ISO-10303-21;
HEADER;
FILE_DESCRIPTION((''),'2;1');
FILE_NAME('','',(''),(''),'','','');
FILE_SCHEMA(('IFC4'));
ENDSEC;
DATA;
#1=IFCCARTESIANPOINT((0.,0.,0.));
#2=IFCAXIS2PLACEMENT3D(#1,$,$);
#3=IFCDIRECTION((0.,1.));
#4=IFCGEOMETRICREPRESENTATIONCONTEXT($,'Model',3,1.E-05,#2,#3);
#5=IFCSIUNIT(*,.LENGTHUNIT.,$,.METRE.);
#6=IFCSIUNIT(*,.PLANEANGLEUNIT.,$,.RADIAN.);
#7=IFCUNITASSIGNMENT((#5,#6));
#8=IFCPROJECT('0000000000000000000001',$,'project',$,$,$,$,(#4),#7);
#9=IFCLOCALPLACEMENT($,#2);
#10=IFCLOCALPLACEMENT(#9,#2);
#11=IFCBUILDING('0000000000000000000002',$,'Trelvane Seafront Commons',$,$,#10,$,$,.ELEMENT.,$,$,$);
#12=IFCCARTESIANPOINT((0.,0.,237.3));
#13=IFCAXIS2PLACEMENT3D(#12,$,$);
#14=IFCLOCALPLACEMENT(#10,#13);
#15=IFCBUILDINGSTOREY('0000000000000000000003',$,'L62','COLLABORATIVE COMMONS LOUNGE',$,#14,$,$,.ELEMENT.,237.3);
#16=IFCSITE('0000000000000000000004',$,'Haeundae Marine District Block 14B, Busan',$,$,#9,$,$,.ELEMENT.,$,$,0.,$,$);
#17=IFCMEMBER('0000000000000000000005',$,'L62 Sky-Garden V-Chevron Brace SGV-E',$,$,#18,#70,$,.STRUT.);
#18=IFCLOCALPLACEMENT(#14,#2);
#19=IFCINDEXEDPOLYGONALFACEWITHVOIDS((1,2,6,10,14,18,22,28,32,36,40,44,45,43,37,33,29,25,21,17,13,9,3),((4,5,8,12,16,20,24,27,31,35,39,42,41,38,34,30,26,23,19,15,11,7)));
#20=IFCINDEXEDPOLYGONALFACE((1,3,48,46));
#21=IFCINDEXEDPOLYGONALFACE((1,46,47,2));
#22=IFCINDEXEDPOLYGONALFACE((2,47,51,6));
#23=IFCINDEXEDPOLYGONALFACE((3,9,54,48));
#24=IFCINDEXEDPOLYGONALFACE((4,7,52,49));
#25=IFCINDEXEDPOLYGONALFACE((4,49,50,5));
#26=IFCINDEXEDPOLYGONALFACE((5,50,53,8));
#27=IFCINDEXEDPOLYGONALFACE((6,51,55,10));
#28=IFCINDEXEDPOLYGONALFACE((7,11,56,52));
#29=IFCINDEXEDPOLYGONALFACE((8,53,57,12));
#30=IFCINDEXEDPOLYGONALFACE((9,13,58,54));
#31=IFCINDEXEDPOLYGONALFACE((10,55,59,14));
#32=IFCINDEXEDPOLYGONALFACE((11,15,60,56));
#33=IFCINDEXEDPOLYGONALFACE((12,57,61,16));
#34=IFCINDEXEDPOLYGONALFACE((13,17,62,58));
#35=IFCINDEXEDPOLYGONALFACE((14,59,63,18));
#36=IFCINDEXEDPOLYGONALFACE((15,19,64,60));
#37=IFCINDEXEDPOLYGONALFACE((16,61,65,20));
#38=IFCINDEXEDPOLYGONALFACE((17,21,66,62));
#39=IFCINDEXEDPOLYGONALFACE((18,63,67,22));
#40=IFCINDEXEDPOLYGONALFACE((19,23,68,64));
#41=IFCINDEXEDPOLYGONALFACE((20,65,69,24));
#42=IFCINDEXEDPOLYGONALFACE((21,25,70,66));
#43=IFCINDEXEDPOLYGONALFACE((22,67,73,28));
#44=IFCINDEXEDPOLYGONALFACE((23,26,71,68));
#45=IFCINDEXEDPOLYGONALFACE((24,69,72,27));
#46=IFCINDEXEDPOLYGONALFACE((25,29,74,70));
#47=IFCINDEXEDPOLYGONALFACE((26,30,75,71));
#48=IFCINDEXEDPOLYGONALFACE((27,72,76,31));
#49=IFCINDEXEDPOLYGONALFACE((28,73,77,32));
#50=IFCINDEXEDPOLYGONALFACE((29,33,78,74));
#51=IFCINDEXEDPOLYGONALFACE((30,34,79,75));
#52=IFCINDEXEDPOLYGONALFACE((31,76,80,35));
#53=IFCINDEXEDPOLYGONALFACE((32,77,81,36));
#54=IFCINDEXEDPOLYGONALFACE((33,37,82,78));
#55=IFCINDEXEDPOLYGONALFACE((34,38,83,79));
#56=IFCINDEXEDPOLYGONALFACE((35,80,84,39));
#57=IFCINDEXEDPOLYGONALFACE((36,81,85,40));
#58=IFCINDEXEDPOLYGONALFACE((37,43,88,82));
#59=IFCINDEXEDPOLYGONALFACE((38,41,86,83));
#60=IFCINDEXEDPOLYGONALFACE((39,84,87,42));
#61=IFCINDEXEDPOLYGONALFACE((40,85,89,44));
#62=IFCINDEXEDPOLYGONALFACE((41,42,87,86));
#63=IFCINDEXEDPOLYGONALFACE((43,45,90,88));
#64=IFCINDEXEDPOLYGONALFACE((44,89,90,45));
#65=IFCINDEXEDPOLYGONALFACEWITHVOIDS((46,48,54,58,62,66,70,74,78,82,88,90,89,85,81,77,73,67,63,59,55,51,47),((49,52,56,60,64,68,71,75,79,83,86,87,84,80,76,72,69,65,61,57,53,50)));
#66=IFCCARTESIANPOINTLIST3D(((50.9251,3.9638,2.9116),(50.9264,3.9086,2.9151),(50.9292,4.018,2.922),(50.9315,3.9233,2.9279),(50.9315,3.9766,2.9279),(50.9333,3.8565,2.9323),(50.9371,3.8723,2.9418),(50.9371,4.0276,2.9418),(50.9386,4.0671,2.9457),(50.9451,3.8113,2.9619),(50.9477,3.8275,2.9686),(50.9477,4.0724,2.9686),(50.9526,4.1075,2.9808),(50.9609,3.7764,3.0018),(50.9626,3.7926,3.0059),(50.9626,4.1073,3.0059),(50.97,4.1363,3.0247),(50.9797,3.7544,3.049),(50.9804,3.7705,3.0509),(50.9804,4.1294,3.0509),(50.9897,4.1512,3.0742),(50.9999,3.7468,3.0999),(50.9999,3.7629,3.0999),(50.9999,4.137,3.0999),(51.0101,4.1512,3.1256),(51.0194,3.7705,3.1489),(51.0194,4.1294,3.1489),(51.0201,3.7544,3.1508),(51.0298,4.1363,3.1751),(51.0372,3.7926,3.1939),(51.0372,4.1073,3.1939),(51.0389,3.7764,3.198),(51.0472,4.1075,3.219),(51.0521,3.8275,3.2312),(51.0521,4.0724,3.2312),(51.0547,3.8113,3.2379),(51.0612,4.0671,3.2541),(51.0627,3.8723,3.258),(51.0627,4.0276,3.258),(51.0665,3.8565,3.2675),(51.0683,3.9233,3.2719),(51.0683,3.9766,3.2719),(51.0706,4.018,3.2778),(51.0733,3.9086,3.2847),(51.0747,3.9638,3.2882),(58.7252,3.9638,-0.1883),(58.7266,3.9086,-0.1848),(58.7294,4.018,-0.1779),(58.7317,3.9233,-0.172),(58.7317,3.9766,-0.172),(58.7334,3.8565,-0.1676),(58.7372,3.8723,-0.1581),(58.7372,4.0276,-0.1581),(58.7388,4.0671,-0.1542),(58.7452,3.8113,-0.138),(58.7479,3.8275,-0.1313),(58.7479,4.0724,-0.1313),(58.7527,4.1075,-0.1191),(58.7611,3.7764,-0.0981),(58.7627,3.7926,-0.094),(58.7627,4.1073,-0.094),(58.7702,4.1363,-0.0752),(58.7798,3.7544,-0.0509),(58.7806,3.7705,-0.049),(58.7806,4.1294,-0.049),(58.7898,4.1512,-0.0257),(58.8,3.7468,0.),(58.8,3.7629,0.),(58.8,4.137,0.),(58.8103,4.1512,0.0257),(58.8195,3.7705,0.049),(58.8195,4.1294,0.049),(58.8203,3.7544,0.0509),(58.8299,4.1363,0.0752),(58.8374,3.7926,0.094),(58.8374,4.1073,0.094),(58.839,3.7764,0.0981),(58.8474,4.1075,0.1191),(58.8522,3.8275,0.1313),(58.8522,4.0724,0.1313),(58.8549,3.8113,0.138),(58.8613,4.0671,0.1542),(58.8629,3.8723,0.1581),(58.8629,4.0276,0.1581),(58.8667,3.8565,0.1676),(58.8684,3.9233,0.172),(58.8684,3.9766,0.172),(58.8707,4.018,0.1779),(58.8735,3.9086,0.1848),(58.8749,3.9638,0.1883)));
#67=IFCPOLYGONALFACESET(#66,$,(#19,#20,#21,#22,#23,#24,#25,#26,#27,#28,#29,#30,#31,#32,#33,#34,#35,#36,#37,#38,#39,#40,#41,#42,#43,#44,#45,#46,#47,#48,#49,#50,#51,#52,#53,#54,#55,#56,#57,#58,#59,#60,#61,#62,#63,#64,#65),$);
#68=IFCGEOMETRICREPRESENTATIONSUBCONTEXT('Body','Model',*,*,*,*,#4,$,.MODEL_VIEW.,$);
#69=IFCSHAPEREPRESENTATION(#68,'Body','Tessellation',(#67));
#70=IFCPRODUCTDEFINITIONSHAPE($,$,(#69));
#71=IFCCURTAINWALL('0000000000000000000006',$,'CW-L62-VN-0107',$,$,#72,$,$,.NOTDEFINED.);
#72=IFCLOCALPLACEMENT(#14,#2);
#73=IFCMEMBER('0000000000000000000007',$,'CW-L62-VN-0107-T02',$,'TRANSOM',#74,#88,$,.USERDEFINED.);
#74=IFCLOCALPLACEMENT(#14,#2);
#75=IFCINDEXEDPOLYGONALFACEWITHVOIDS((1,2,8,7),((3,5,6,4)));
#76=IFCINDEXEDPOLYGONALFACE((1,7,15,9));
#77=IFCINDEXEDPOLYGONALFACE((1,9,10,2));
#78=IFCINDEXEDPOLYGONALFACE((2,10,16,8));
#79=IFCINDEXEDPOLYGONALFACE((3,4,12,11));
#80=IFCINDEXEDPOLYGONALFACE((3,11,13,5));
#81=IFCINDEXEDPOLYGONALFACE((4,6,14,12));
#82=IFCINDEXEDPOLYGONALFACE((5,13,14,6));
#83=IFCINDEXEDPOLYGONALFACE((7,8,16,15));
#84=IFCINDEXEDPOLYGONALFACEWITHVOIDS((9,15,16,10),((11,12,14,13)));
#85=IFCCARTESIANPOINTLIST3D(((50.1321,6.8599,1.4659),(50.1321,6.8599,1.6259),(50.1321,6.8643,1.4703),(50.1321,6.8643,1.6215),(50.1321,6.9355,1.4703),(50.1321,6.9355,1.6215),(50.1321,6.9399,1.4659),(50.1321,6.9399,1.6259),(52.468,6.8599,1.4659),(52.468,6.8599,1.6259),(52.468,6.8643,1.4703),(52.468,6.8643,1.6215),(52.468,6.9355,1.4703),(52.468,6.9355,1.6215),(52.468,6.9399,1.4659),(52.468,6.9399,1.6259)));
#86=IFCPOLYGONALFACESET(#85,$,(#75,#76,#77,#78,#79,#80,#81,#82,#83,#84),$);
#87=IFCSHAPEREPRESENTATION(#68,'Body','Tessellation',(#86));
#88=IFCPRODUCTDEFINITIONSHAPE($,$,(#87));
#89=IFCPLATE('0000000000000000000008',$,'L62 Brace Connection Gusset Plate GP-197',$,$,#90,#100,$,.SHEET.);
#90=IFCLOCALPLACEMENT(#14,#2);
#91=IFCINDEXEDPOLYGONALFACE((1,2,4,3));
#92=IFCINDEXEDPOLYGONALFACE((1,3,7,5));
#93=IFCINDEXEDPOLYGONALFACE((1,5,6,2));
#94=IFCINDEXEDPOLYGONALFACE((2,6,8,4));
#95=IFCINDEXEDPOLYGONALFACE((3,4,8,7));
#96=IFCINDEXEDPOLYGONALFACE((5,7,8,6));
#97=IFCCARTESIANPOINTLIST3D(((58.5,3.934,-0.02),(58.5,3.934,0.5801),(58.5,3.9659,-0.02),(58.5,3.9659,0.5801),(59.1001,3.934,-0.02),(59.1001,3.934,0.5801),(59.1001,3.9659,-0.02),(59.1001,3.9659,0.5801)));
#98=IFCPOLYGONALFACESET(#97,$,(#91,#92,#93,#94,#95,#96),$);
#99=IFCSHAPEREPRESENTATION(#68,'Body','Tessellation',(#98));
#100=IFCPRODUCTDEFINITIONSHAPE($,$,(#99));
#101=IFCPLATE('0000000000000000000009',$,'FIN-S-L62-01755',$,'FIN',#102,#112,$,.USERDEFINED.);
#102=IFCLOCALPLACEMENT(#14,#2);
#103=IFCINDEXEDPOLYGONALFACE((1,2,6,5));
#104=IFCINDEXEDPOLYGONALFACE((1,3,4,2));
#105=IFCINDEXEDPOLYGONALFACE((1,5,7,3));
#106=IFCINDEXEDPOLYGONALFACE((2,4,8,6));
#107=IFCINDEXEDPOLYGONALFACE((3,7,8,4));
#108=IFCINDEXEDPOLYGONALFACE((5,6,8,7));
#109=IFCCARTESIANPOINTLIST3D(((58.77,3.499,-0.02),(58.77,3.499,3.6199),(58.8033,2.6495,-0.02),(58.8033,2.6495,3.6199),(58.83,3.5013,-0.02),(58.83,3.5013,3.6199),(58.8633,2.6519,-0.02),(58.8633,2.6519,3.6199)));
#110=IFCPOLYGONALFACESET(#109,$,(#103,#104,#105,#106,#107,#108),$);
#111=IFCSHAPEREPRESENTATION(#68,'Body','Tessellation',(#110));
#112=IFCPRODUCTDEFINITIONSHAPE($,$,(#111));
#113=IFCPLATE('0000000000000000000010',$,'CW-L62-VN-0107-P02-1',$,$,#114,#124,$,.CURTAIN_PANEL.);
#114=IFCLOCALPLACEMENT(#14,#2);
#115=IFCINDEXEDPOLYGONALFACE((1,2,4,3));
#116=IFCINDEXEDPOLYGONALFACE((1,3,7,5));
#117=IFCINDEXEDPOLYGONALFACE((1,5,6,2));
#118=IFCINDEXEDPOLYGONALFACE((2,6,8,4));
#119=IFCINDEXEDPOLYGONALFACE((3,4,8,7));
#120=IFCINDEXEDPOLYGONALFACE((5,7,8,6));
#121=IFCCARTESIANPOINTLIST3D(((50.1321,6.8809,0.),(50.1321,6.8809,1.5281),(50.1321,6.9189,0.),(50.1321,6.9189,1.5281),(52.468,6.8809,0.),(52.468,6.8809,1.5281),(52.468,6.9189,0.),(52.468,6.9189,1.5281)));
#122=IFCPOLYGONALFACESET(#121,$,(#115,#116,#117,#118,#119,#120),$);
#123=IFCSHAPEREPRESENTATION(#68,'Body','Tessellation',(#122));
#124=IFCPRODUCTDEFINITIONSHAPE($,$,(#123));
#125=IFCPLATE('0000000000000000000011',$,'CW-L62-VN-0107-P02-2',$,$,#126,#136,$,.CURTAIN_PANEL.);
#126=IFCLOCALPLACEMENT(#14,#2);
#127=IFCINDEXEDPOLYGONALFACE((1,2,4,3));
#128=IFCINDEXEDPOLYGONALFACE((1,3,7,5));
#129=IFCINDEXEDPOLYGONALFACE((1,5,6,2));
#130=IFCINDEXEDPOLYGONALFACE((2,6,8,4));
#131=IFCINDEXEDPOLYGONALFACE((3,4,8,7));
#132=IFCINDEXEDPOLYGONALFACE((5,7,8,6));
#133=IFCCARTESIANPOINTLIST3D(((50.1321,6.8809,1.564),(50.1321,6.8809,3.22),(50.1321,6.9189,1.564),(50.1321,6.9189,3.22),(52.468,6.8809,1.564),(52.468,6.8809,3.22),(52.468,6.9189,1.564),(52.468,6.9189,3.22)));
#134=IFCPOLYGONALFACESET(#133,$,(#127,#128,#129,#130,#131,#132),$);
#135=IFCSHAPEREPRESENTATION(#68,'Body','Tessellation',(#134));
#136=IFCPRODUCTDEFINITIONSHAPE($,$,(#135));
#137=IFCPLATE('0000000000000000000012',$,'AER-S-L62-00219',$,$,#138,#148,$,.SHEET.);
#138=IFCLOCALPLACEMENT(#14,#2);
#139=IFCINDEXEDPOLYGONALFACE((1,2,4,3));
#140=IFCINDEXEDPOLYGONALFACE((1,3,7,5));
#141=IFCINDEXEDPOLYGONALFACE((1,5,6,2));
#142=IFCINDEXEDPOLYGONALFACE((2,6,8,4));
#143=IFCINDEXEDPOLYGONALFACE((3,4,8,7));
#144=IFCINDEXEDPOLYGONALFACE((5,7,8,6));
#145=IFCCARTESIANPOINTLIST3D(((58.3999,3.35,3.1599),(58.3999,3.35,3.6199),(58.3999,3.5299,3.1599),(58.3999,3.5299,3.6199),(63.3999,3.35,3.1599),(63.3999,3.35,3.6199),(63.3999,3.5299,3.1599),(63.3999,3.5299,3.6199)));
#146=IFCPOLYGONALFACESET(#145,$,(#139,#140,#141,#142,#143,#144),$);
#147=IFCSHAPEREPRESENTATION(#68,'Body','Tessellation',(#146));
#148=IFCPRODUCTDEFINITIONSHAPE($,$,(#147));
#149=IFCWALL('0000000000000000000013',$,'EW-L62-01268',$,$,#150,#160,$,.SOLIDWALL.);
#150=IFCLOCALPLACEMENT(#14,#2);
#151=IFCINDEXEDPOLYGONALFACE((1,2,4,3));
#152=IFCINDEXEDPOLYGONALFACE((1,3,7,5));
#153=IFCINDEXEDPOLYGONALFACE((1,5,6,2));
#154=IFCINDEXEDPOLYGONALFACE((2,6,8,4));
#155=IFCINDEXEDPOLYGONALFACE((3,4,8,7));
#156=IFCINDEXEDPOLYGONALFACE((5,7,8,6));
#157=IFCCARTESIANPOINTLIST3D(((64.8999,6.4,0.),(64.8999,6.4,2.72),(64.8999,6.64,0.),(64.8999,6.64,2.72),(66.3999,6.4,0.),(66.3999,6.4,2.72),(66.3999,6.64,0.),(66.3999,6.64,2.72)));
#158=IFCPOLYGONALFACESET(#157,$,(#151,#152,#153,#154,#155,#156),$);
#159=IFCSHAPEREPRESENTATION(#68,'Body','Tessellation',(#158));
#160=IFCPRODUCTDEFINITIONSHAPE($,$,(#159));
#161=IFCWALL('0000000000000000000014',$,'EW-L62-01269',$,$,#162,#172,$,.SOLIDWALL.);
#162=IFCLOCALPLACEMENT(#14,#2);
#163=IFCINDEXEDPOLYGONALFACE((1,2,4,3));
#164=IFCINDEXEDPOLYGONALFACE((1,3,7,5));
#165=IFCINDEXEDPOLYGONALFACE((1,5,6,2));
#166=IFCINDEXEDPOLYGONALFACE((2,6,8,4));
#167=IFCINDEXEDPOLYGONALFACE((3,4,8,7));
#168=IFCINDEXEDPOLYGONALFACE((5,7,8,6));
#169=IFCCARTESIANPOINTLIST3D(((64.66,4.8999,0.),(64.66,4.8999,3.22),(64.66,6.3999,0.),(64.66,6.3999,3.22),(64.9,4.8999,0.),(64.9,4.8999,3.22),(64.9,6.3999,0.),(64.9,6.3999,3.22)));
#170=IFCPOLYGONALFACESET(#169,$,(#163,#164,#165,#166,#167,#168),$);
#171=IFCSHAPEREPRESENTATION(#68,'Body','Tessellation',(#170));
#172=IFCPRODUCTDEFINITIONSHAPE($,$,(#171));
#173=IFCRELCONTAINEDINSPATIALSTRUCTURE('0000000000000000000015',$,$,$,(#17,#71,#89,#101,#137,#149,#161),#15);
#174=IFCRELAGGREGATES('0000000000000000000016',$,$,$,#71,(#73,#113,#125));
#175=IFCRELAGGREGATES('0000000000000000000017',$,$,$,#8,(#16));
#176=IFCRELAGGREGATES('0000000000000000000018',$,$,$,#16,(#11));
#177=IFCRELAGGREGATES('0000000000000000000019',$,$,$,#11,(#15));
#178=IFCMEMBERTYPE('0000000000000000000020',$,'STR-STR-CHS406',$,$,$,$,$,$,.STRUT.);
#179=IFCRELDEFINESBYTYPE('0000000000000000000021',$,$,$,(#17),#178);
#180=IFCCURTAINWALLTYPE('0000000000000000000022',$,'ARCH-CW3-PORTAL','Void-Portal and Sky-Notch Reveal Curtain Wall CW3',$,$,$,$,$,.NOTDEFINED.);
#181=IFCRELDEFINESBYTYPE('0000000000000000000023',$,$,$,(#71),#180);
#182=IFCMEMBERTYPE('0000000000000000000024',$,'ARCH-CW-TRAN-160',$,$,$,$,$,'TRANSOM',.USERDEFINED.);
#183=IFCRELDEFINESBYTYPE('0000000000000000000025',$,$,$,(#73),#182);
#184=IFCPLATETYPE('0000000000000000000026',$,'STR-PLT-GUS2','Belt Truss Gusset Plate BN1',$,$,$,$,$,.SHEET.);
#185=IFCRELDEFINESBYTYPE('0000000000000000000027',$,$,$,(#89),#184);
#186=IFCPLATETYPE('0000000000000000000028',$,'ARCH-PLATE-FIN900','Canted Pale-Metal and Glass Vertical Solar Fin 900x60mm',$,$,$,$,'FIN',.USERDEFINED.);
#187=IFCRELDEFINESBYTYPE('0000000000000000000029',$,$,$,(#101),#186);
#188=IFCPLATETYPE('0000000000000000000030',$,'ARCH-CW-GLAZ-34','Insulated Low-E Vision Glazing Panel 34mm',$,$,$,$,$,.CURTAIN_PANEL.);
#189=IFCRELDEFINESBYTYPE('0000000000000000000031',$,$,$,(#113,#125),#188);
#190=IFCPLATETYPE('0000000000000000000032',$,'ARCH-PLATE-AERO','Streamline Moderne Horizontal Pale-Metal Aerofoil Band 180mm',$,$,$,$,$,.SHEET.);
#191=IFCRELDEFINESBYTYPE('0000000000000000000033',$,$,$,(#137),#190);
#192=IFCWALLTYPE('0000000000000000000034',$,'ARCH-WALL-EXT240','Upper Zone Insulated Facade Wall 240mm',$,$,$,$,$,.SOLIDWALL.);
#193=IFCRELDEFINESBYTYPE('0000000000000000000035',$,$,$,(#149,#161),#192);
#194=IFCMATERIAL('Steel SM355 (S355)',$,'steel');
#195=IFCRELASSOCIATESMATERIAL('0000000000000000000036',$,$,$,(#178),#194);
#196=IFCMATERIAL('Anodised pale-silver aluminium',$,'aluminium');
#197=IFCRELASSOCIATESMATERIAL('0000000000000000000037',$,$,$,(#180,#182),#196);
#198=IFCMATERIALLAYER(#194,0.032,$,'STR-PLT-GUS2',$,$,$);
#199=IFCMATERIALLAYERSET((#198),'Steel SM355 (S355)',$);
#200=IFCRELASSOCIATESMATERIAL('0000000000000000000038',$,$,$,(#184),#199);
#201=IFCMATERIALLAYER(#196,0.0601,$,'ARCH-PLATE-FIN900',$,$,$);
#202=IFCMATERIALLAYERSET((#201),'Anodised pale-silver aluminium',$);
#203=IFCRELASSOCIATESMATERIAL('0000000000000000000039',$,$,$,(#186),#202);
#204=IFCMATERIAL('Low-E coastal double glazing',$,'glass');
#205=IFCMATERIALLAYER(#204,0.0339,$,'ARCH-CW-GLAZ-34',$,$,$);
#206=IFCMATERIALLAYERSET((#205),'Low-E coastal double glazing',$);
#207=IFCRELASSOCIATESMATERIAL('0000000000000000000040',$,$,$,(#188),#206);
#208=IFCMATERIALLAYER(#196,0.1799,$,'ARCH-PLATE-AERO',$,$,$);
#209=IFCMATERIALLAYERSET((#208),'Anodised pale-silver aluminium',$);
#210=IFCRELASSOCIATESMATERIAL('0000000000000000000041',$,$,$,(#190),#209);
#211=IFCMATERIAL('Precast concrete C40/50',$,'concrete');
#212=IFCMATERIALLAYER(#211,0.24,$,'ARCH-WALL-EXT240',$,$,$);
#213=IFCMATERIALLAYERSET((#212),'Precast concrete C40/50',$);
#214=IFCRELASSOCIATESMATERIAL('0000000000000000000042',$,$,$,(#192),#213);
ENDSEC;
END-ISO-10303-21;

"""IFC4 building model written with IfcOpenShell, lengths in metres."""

from ifc_helpers import new_model, si_unit, direction, frame, frame_2d, origin, origin_2d, place, context, subcontext, project, spatial, rectangle, hollow_rectangle, hollow_circle, extrude, source, transform, mapped, material, layer, layer_set, material_profile, profile_set, type_object, element, aggregate, save


model = new_model("IFC4")

# Units and contexts
model_context = context("Model", 3, precision=1e-05, world=origin(), true_north=direction((0.0, 1.0)))
body_context = subcontext(model_context, "Body", "Model", "MODEL_VIEW")
ifc_project = project(units=[si_unit("LENGTHUNIT", "METRE"), si_unit("PLANEANGLEUNIT", "RADIAN")], contexts=[model_context])

# Site, building, storey
site_placement = place(None, origin())
site = spatial("IfcSite", under=ifc_project, at=site_placement, Name="Haeundae Marine District Block 14B, Busan", CompositionType="ELEMENT", RefElevation=0.0)
building_placement = place(site_placement, origin())
building = spatial("IfcBuilding", under=site, at=building_placement, Name="Trelvane Seafront Commons", CompositionType="ELEMENT")
storey_placement = place(building_placement, frame((0.0, 0.0, 237.3)))
storey = spatial("IfcBuildingStorey", under=building, at=storey_placement, Name="L62", Description="COLLABORATIVE COMMONS LOUNGE", CompositionType="ELEMENT", Elevation=237.3)

# Shared definitions
ifc_material_1 = material(Name="Steel SM355 (S355)", Category="steel")

# Member
ifc_material_profile_1 = material_profile(ifc_material_1, hollow_circle(Radius=0.2031, WallThickness=0.0161, at=origin_2d()), Name="CHS-406.4x16")
ifc_profile_set_1 = profile_set([ifc_material_profile_1], Name="Steel SM355 (S355)")
member_type_1 = type_object("IfcMemberType", Name="STR-STR-CHS406", PredefinedType="STRUT", material=ifc_profile_set_1)
shared_shape_1 = source(origin(), body_context, "Body", "SweptSolid", [
    extrude(hollow_circle(Radius=0.2031, WallThickness=0.0161, at=origin_2d()), origin(), (0.0, 0.0, 1.0), 8.3936),
])
member_1_placement = place(storey_placement, frame((58.8, 3.95, 0.0), z_axis=(-0.929303, 0.0, 0.369319), x_axis=(0.0, -1.0, 0.0)))
element("IfcMember", 1, at=member_1_placement, inside=storey, type_object=member_type_1, Name="L62 Sky-Garden V-Chevron Brace SGV-E", PredefinedType="STRUT", context=body_context, shape_type="MappedRepresentation", body=[
    mapped(shared_shape_1, transform((0.0, 0.0, 0.0), x_axis=(1.0, 0.0, 0.0), y_axis=(0.0, 1.0, 0.0), z_axis=(0.0, 0.0, 1.0), scale=1.0)),
])

# Curtain wall, member
ifc_material_2 = material(Name="Anodised pale-silver aluminium", Category="aluminium")
curtain_wall_type = type_object("IfcCurtainWallType", Name="ARCH-CW3-PORTAL", Description="Void-Portal and Sky-Notch Reveal Curtain Wall CW3", PredefinedType="NOTDEFINED", material=ifc_material_2)
curtain_wall_placement = place(storey_placement, origin())
curtain_wall = element("IfcCurtainWall", 2, at=curtain_wall_placement, inside=storey, type_object=curtain_wall_type, Name="CW-L62-VN-0107", PredefinedType="NOTDEFINED")
ifc_material_profile_2 = material_profile(ifc_material_2, hollow_rectangle(XDim=0.0801, YDim=0.1599, WallThickness=0.0044, at=origin_2d()), Name="TRAN-80x160x4.5")
ifc_profile_set_2 = profile_set([ifc_material_profile_2], Name="Anodised pale-silver aluminium")
member_type_2 = type_object("IfcMemberType", Name="ARCH-CW-TRAN-160", ElementType="TRANSOM", PredefinedType="USERDEFINED", material=ifc_profile_set_2)
shared_shape_2 = source(origin(), body_context, "Body", "SweptSolid", [
    extrude(hollow_rectangle(XDim=0.0801, YDim=0.1599, WallThickness=0.0044, at=origin_2d()), origin(), (0.0, 0.0, 1.0), 2.3359),
])
member_2_placement = place(storey_placement, frame((52.468, 6.8999, 1.5459), z_axis=(-1.0, 0.0, 0.0), x_axis=(0.0, -1.0, 0.0)))
member_2 = element("IfcMember", 3, at=member_2_placement, type_object=member_type_2, Name="CW-L62-VN-0107-T02", ObjectType="TRANSOM", PredefinedType="USERDEFINED", context=body_context, shape_type="MappedRepresentation", body=[
    mapped(shared_shape_2, transform((0.0, 0.0, 0.0), x_axis=(1.0, 0.0, 0.0), y_axis=(0.0, 1.0, 0.0), z_axis=(0.0, 0.0, 1.0), scale=1.0)),
])

# Plates
ifc_layer_1 = layer(ifc_material_1, 0.032, Name="STR-PLT-GUS2")
ifc_layer_set_1 = layer_set([ifc_layer_1], Name="Steel SM355 (S355)")
plate_type_1 = type_object("IfcPlateType", Name="STR-PLT-GUS2", Description="Belt Truss Gusset Plate BN1", PredefinedType="SHEET", material=ifc_layer_set_1)
shared_shape_3 = source(origin(), body_context, "Body", "SweptSolid", [
    extrude(rectangle(XDim=0.6001, YDim=0.032, at=origin_2d()), origin(), (0.0, 0.0, 1.0), 0.6001),
])
plate_1_placement = place(storey_placement, frame((58.8, 3.95, -0.02), z_axis=(0.0, 0.0, 1.0), x_axis=(1.0, 0.0, 0.0)))
element("IfcPlate", 4, at=plate_1_placement, inside=storey, type_object=plate_type_1, Name="L62 Brace Connection Gusset Plate GP-197", PredefinedType="SHEET", context=body_context, shape_type="MappedRepresentation", body=[
    mapped(shared_shape_3, transform((0.0, 0.0, 0.0), x_axis=(1.0, 0.0, 0.0), y_axis=(0.0, 1.0, 0.0), z_axis=(0.0, 0.0, 1.0), scale=1.0)),
])
ifc_layer_2 = layer(ifc_material_2, 0.0601, Name="ARCH-PLATE-FIN900")
ifc_layer_set_2 = layer_set([ifc_layer_2], Name="Anodised pale-silver aluminium")
plate_type_2 = type_object("IfcPlateType", Name="ARCH-PLATE-FIN900", Description="Canted Pale-Metal and Glass Vertical Solar Fin 900x60mm", ElementType="FIN", PredefinedType="USERDEFINED", material=ifc_layer_set_2)
shared_shape_4 = source(origin(), body_context, "Body", "SweptSolid", [
    extrude(rectangle(XDim=0.8501, YDim=0.0601, at=origin_2d()), origin(), (0.0, 0.0, 1.0), 3.6399),
])
plate_2_placement = place(storey_placement, frame((58.8167, 3.0754, -0.02), z_axis=(0.0, 0.0, 1.0), x_axis=(0.039178, -0.999232, 0.0)))
element("IfcPlate", 5, at=plate_2_placement, inside=storey, type_object=plate_type_2, Name="FIN-S-L62-01755", ObjectType="FIN", PredefinedType="USERDEFINED", context=body_context, shape_type="MappedRepresentation", body=[
    mapped(shared_shape_4, transform((0.0, 0.0, 0.0), x_axis=(1.0, 0.0, 0.0), y_axis=(0.0, 1.0, 0.0), z_axis=(0.0, 0.0, 1.0), scale=1.0)),
])

# Plates
ifc_material_3 = material(Name="Low-E coastal double glazing", Category="glass")
ifc_layer_3 = layer(ifc_material_3, 0.0339, Name="ARCH-CW-GLAZ-34")
ifc_layer_set_3 = layer_set([ifc_layer_3], Name="Low-E coastal double glazing")
plate_type_3 = type_object("IfcPlateType", Name="ARCH-CW-GLAZ-34", Description="Insulated Low-E Vision Glazing Panel 34mm", PredefinedType="CURTAIN_PANEL", material=ifc_layer_set_3)
shared_shape_5 = source(origin(), body_context, "Body", "SweptSolid", [
    extrude(rectangle(XDim=2.3359, YDim=0.0381, at=origin_2d()), origin(), (0.0, 0.0, 1.0), 1.5281),
])
plate_3_placement = place(storey_placement, frame((51.3, 6.8999, 0.0), z_axis=(0.0, 0.0, 1.0), x_axis=(-1.0, 0.0, 0.0)))
plate_3 = element("IfcPlate", 6, at=plate_3_placement, type_object=plate_type_3, Name="CW-L62-VN-0107-P02-1", PredefinedType="CURTAIN_PANEL", context=body_context, shape_type="MappedRepresentation", body=[
    mapped(shared_shape_5, transform((0.0, 0.0, 0.0), x_axis=(1.0, 0.0, 0.0), y_axis=(0.0, 1.0, 0.0), z_axis=(0.0, 0.0, 1.0), scale=1.0)),
])
shared_shape_6 = source(origin(), body_context, "Body", "SweptSolid", [
    extrude(rectangle(XDim=2.3359, YDim=0.0381, at=origin_2d()), origin(), (0.0, 0.0, 1.0), 1.656),
])
plate_4_placement = place(storey_placement, frame((51.3, 6.8999, 1.564), z_axis=(0.0, 0.0, 1.0), x_axis=(-1.0, 0.0, 0.0)))
plate_4 = element("IfcPlate", 7, at=plate_4_placement, type_object=plate_type_3, Name="CW-L62-VN-0107-P02-2", PredefinedType="CURTAIN_PANEL", context=body_context, shape_type="MappedRepresentation", body=[
    mapped(shared_shape_6, transform((0.0, 0.0, 0.0), x_axis=(1.0, 0.0, 0.0), y_axis=(0.0, 1.0, 0.0), z_axis=(0.0, 0.0, 1.0), scale=1.0)),
])
aggregate(curtain_wall, [member_2, plate_3, plate_4])
ifc_layer_4 = layer(ifc_material_2, 0.1799, Name="ARCH-PLATE-AERO")
ifc_layer_set_4 = layer_set([ifc_layer_4], Name="Anodised pale-silver aluminium")
plate_type_4 = type_object("IfcPlateType", Name="ARCH-PLATE-AERO", Description="Streamline Moderne Horizontal Pale-Metal Aerofoil Band 180mm", PredefinedType="SHEET", material=ifc_layer_set_4)
shared_shape_7 = source(origin(), body_context, "Body", "SweptSolid", [
    extrude(rectangle(XDim=5.0, YDim=0.1799, at=origin_2d()), origin(), (0.0, 0.0, 1.0), 0.46),
])
plate_5_placement = place(storey_placement, frame((60.8999, 3.4399, 3.1599), z_axis=(0.0, 0.0, 1.0), x_axis=(-1.0, 0.0, 0.0)))
element("IfcPlate", 8, at=plate_5_placement, inside=storey, type_object=plate_type_4, Name="AER-S-L62-00219", PredefinedType="SHEET", context=body_context, shape_type="MappedRepresentation", body=[
    mapped(shared_shape_7, transform((0.0, 0.0, 0.0), x_axis=(1.0, 0.0, 0.0), y_axis=(0.0, 1.0, 0.0), z_axis=(0.0, 0.0, 1.0), scale=1.0)),
])

# Walls
ifc_material_4 = material(Name="Precast concrete C40/50", Category="concrete")
ifc_layer_5 = layer(ifc_material_4, 0.24, Name="ARCH-WALL-EXT240")
ifc_layer_set_5 = layer_set([ifc_layer_5], Name="Precast concrete C40/50")
wall_type_1 = type_object("IfcWallType", Name="ARCH-WALL-EXT240", Description="Upper Zone Insulated Facade Wall 240mm", PredefinedType="SOLIDWALL", material=ifc_layer_set_5)
wall_1_placement = place(storey_placement, frame((66.3999, 6.52, 0.0), z_axis=(0.0, 0.0, 1.0), x_axis=(-1.0, 0.0, 0.0)))
element("IfcWall", 9, at=wall_1_placement, inside=storey, type_object=wall_type_1, Name="EW-L62-01268", PredefinedType="SOLIDWALL", context=body_context, shape_type="SweptSolid", body=[
    extrude(rectangle(XDim=1.5, YDim=0.24, at=frame_2d((0.75, 0.0))), origin(), (0.0, 0.0, 1.0), 2.72),
])
for number, where, z_axis, x_axis, name in (
    (10, (64.78, 6.3999, 0.0), (0.0, 0.0, 1.0), (0.0, -1.0, 0.0), "EW-L62-01269"),
):
    element("IfcWall", number, at=place(storey_placement, frame(where, z_axis=z_axis, x_axis=x_axis)), inside=storey, type_object=wall_type_1, Name=name, PredefinedType="SOLIDWALL", context=body_context, shape_type="SweptSolid", body=[
        extrude(rectangle(XDim=1.5, YDim=0.24, at=frame_2d((0.75, 0.0))), origin(), (0.0, 0.0, 1.0), 3.22),
    ])

save(model, "model.ifc")
